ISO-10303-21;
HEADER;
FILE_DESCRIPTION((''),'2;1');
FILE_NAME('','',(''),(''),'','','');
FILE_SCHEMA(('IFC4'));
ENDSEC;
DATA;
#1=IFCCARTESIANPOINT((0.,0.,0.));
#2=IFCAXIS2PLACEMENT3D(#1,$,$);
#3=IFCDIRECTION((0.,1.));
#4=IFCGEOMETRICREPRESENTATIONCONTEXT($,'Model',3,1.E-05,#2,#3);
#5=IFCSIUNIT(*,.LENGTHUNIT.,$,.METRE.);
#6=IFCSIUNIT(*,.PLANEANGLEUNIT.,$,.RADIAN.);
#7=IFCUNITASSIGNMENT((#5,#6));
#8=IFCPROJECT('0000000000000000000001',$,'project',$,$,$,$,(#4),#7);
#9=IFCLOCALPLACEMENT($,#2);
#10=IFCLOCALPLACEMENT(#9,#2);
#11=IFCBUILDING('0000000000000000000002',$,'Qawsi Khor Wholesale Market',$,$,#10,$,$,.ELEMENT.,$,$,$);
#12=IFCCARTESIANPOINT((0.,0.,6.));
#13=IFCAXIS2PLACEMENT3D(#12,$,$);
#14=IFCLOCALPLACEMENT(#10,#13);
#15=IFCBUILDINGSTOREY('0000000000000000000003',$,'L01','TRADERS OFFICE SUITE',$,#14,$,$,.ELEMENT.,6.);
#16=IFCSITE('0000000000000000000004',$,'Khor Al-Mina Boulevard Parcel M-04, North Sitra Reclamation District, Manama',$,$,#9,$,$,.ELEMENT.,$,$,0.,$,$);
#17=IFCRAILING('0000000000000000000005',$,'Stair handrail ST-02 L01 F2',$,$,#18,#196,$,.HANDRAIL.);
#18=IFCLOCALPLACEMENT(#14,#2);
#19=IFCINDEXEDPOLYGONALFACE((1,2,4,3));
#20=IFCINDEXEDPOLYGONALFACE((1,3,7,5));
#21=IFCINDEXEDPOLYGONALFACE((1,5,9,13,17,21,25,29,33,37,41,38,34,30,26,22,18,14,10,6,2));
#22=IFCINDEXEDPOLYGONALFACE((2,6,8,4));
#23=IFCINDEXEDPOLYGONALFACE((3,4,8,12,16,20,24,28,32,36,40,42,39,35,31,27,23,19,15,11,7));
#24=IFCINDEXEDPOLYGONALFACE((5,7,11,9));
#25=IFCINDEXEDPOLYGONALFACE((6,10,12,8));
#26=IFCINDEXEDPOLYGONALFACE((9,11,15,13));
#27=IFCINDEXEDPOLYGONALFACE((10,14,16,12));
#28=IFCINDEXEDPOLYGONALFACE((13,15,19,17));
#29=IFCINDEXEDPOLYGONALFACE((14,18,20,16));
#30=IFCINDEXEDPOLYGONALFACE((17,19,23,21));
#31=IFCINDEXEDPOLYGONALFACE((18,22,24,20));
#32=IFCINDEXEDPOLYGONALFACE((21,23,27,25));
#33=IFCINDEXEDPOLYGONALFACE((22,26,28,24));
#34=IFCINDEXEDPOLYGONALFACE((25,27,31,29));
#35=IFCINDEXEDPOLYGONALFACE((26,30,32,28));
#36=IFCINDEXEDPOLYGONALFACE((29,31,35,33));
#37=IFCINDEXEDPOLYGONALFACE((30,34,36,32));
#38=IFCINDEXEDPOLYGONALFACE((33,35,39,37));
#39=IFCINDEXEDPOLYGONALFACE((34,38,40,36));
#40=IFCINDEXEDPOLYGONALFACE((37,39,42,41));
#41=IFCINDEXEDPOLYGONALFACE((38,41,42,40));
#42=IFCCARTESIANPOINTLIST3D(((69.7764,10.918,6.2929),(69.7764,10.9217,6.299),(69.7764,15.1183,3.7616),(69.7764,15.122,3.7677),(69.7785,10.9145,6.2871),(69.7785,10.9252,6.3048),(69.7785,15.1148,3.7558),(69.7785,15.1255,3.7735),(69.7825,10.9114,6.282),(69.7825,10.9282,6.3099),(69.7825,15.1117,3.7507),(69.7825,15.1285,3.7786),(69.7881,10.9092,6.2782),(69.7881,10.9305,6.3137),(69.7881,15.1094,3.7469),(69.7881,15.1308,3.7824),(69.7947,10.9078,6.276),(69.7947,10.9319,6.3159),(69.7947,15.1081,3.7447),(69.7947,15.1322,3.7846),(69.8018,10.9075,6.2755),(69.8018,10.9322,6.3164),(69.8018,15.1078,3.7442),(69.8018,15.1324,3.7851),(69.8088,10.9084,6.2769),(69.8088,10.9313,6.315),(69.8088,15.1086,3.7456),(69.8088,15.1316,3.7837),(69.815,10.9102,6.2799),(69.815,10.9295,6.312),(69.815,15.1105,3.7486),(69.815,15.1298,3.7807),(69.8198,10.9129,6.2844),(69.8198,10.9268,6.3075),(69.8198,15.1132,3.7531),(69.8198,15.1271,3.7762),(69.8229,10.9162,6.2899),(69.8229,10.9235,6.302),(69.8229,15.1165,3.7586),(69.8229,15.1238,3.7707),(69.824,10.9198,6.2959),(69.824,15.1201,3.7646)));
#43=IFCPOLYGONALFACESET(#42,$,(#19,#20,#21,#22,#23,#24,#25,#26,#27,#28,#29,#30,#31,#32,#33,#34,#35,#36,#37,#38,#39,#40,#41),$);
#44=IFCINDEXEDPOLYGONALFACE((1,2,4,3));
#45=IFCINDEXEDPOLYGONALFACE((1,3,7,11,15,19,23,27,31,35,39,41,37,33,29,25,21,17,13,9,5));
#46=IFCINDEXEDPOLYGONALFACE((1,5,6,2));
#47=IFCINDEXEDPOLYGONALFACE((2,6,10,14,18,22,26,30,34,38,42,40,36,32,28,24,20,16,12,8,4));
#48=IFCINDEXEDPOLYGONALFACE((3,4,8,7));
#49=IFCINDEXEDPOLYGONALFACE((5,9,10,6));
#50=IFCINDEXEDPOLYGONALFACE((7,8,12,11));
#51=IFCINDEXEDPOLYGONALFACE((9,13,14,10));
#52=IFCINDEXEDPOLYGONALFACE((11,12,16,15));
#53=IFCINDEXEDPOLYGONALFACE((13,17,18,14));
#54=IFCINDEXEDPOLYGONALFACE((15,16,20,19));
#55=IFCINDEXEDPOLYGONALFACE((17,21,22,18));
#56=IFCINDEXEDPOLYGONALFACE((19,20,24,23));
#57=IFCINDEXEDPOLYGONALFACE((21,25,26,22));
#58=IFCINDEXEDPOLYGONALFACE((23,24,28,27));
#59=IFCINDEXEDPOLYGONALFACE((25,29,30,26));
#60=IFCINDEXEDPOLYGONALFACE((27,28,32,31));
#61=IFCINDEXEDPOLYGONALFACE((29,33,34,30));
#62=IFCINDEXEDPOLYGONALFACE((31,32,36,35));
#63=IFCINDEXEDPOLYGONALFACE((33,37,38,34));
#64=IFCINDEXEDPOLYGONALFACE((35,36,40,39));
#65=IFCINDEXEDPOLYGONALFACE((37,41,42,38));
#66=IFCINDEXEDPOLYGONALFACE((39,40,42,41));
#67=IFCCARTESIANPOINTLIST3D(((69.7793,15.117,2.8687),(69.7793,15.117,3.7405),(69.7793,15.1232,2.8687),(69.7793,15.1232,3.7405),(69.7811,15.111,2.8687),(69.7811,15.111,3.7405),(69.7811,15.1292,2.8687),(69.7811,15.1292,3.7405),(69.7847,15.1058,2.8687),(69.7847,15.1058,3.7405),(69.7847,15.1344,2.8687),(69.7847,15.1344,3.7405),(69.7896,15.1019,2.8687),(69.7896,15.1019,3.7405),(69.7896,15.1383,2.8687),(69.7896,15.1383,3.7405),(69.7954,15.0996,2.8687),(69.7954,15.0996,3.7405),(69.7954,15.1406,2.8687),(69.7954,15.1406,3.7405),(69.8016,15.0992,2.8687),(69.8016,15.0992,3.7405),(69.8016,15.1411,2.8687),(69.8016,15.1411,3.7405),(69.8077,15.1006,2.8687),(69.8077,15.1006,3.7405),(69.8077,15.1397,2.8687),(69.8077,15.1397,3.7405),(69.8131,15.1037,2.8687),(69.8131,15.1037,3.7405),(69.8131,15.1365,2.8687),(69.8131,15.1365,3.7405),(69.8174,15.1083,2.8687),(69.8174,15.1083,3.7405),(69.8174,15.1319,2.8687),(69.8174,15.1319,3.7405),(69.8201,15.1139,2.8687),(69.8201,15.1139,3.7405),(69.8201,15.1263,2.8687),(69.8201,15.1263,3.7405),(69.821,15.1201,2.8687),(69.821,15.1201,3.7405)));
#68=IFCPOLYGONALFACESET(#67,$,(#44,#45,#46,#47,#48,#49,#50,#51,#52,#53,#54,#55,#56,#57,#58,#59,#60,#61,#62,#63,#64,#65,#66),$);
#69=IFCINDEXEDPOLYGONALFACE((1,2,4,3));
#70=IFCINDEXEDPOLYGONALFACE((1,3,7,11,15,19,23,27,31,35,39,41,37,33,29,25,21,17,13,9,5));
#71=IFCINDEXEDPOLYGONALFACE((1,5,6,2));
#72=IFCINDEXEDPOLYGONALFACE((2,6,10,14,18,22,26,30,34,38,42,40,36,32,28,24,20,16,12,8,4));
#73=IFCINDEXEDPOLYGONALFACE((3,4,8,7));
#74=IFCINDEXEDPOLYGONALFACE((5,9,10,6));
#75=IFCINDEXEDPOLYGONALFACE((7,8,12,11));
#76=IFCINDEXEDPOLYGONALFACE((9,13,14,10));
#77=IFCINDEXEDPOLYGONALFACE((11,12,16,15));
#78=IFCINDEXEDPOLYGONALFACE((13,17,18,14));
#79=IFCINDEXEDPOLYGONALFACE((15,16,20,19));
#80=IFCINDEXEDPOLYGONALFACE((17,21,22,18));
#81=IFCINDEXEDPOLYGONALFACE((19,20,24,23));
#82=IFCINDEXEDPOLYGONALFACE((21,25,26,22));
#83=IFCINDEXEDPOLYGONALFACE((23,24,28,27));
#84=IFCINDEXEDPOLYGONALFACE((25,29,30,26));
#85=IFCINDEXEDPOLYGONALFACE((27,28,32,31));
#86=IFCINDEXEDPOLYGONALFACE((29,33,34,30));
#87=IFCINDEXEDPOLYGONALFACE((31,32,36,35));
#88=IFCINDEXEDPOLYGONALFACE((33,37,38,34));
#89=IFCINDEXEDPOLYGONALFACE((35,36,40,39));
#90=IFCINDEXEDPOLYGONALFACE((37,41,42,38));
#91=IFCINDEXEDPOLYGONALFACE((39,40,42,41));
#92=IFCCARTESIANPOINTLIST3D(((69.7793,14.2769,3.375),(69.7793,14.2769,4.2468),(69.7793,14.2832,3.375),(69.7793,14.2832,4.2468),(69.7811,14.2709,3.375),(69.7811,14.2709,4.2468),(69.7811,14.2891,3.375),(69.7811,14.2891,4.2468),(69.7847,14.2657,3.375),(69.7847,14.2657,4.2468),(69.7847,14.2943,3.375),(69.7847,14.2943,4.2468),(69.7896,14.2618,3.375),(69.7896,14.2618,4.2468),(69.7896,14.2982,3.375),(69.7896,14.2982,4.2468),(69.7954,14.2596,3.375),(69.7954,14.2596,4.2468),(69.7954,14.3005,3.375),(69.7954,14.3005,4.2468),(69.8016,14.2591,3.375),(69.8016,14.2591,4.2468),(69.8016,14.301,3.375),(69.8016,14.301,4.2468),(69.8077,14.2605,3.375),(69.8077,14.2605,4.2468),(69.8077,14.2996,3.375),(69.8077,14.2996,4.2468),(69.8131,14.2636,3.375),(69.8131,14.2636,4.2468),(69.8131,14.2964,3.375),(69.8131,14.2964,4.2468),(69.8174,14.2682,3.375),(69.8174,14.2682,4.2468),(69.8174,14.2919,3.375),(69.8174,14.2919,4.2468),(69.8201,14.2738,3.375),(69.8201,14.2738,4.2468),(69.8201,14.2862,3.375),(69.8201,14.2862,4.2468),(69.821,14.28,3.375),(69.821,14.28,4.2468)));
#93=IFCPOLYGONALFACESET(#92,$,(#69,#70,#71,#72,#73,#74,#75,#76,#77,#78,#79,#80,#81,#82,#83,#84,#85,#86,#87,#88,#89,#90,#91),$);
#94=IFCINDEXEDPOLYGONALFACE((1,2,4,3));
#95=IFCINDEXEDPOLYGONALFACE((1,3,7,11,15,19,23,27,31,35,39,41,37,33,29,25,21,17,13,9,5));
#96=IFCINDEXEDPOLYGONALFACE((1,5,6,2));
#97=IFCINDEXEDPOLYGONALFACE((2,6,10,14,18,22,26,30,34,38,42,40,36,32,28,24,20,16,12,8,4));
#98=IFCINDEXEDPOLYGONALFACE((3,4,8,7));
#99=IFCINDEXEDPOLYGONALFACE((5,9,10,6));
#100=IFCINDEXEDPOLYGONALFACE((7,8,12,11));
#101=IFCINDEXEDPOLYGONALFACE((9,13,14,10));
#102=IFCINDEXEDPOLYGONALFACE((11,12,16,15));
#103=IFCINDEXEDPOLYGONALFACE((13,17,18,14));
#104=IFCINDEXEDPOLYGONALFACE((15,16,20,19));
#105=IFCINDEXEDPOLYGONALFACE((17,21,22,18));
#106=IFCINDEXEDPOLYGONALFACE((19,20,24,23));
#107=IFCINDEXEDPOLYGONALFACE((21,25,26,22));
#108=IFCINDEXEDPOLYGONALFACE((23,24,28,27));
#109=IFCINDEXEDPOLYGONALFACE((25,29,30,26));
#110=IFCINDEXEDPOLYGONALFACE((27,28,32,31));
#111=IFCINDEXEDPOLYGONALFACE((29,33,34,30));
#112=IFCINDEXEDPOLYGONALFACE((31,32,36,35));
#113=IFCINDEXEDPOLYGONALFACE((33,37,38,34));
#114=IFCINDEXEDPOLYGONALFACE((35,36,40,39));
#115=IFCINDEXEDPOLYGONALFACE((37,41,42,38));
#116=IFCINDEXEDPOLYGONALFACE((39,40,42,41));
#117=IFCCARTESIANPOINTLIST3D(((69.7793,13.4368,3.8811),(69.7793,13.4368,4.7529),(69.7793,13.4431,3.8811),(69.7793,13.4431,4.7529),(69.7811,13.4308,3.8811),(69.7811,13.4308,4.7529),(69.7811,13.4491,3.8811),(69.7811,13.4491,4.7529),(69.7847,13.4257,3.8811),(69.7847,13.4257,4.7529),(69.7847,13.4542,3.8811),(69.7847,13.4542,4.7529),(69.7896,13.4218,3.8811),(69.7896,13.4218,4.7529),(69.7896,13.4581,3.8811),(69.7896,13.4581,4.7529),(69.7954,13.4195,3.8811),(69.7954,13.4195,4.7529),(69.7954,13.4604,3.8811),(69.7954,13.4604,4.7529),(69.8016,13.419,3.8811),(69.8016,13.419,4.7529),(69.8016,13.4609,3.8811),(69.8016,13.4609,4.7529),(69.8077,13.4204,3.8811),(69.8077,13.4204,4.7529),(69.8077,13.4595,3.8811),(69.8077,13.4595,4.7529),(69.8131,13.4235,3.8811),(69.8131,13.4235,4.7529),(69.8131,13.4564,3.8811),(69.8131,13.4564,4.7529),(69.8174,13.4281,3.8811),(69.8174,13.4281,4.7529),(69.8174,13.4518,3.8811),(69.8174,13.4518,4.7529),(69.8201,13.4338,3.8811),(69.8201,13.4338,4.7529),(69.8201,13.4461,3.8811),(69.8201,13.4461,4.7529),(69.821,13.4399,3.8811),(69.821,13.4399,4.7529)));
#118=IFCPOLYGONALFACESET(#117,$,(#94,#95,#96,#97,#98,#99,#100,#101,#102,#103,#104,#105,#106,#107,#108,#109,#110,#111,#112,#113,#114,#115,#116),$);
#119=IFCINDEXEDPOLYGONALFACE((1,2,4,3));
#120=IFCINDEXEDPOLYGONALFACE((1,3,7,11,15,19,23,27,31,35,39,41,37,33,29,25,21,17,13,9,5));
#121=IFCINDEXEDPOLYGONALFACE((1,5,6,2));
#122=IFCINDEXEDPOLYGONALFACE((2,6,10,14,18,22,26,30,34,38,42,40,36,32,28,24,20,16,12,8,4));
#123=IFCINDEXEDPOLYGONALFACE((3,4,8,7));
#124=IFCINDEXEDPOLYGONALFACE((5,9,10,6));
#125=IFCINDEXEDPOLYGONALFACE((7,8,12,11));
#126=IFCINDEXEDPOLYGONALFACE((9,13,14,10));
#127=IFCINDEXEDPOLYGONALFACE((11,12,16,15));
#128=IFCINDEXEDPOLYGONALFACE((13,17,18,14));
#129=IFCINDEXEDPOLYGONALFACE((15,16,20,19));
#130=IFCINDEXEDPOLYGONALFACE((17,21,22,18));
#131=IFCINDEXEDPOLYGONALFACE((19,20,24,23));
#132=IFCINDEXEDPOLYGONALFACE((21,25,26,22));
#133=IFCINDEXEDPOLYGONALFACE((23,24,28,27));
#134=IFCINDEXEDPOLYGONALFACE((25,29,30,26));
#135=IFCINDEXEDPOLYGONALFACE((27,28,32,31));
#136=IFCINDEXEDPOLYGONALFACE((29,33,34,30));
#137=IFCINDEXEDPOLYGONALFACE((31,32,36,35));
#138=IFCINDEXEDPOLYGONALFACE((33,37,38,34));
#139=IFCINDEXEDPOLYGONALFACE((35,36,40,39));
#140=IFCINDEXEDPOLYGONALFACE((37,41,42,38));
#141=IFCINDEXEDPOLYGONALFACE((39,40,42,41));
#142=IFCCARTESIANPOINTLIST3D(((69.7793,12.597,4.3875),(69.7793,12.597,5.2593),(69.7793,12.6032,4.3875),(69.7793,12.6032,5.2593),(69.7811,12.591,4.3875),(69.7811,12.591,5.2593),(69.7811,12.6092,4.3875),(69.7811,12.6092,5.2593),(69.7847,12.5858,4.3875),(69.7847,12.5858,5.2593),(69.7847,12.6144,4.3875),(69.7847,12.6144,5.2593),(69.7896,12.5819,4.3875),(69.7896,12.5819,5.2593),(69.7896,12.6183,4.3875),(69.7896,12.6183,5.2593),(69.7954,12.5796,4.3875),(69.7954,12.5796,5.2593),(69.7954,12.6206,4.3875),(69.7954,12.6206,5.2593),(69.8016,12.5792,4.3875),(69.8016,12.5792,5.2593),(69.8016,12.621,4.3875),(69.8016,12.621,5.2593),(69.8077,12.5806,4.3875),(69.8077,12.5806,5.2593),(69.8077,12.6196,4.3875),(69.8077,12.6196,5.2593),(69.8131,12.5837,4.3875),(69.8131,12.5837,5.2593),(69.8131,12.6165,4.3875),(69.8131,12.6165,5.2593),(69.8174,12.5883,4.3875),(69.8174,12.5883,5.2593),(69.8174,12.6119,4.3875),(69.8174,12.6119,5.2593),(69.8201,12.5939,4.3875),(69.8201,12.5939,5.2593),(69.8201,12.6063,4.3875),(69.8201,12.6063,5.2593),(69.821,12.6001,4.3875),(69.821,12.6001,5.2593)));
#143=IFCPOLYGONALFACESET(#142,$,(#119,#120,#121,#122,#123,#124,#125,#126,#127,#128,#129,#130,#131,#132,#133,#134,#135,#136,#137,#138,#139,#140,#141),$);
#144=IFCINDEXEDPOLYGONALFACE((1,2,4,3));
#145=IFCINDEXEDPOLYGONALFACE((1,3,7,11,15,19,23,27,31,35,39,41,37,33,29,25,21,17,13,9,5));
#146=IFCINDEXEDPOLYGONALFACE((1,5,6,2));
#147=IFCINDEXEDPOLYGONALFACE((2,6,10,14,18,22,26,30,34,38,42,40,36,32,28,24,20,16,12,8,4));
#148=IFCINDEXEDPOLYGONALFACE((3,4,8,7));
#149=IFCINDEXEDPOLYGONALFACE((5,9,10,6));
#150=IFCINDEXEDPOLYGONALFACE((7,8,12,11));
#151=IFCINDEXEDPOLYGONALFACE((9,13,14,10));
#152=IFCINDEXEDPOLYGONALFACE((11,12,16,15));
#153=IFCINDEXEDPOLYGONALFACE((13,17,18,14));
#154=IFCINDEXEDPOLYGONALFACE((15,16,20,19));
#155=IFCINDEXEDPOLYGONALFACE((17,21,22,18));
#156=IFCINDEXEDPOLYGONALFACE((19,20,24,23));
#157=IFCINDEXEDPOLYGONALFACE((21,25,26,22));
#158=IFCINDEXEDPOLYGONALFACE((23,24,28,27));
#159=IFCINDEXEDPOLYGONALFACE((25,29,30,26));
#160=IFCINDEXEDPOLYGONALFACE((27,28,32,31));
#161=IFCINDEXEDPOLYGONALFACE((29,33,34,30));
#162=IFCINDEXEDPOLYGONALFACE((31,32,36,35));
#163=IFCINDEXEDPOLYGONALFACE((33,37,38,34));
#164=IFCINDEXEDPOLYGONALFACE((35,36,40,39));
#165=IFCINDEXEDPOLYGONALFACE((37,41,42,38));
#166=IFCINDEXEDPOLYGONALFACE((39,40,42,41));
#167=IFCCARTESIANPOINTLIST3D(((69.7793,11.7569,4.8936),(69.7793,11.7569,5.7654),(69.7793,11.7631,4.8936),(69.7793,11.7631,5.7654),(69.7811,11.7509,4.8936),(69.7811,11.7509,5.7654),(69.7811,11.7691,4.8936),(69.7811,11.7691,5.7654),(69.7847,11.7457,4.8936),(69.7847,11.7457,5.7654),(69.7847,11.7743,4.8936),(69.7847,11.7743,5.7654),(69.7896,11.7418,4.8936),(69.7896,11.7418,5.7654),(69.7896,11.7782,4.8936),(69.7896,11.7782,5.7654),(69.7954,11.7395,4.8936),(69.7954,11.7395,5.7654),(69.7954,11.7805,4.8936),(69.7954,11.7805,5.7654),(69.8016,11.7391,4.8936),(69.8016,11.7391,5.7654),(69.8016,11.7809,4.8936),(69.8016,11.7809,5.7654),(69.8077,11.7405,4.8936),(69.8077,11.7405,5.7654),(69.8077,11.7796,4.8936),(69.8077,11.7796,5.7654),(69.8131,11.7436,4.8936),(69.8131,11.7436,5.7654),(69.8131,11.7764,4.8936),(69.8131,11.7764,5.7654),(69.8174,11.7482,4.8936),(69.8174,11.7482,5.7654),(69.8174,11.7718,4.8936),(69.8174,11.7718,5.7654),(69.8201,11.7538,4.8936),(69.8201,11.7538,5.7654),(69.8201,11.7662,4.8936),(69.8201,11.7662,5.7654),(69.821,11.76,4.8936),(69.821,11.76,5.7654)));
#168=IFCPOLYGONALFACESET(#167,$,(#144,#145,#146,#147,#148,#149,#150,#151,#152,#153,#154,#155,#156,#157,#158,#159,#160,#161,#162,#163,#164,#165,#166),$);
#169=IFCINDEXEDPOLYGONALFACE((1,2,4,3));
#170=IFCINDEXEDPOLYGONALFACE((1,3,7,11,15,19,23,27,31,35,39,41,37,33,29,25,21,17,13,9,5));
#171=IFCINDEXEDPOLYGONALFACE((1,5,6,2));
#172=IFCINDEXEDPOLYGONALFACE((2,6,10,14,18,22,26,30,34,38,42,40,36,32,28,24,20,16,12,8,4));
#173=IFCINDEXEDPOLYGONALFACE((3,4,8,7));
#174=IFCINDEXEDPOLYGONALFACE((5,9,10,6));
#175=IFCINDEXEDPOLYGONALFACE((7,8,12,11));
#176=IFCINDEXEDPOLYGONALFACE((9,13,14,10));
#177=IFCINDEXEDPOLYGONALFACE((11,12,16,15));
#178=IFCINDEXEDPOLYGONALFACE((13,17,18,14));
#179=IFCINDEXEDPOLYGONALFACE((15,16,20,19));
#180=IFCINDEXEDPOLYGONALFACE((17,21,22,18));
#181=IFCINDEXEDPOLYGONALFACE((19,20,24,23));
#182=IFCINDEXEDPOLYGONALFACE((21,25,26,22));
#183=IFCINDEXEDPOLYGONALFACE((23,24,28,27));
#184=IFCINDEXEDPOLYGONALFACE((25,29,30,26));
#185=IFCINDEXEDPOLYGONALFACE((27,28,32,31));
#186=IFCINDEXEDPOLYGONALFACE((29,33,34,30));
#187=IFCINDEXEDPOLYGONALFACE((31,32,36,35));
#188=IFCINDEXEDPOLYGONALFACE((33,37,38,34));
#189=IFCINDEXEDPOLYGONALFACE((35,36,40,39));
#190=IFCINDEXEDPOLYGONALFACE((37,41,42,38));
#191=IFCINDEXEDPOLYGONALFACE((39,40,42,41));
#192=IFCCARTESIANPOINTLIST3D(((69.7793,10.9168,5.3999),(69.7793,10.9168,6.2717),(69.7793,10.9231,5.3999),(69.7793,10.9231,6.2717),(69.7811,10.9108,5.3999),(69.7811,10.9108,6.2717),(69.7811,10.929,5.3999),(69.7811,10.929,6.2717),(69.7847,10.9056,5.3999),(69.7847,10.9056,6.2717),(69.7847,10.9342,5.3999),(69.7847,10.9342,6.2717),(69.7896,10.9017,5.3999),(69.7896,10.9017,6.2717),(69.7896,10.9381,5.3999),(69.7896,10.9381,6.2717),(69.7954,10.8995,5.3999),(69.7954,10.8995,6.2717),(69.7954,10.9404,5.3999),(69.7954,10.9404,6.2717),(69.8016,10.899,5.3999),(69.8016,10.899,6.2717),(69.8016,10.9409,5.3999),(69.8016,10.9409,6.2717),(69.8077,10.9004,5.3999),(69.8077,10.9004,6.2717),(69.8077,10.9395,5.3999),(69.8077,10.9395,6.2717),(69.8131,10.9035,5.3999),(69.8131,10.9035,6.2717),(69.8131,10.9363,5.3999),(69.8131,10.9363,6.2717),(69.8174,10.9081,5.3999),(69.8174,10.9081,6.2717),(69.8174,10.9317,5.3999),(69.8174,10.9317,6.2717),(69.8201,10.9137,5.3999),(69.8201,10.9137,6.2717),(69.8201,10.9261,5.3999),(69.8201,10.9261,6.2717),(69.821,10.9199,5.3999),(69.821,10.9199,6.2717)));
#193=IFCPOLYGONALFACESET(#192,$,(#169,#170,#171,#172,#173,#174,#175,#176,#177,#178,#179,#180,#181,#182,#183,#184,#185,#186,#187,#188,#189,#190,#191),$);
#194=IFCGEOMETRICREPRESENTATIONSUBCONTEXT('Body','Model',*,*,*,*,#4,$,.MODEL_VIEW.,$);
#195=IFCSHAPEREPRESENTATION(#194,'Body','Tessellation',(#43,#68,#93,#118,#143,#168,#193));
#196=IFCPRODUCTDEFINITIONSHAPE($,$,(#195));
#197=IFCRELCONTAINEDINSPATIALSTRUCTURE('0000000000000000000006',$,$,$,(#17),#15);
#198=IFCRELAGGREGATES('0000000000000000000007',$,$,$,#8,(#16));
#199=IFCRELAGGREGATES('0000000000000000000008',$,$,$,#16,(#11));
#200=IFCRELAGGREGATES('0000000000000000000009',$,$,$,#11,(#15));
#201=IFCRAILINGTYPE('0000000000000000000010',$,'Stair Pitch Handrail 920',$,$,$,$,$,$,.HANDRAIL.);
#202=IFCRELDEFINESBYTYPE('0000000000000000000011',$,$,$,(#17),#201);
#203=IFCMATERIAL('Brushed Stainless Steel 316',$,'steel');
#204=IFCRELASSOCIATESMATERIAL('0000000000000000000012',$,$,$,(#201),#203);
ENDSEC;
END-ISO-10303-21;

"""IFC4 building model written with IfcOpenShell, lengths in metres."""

from ifc_helpers import new_model, si_unit, direction, frame, origin, origin_2d, place, context, subcontext, project, spatial, circle, extrude, material, type_object, element, save


model = new_model("IFC4")

# Units and contexts
model_context = context("Model", 3, precision=1e-05, world=origin(), true_north=direction((0.0, 1.0)))
body_context = subcontext(model_context, "Body", "Model", "MODEL_VIEW")
ifc_project = project(units=[si_unit("LENGTHUNIT", "METRE"), si_unit("PLANEANGLEUNIT", "RADIAN")], contexts=[model_context])

# Site, building, storey
site_placement = place(None, origin())
site = spatial("IfcSite", under=ifc_project, at=site_placement, Name="Khor Al-Mina Boulevard Parcel M-04, North Sitra Reclamation District, Manama", CompositionType="ELEMENT", RefElevation=0.0)
building_placement = place(site_placement, origin())
building = spatial("IfcBuilding", under=site, at=building_placement, Name="Qawsi Khor Wholesale Market", CompositionType="ELEMENT")
storey_placement = place(building_placement, frame((0.0, 0.0, 6.0)))
storey = spatial("IfcBuildingStorey", under=building, at=storey_placement, Name="L01", Description="TRADERS OFFICE SUITE", CompositionType="ELEMENT", Elevation=6.0)

# Railing
ifc_material_1 = material(Name="Brushed Stainless Steel 316", Category="steel")
railing_type_1 = type_object("IfcRailingType", Name="Stair Pitch Handrail 920", PredefinedType="HANDRAIL", material=ifc_material_1)
railing_1_placement = place(storey_placement, frame((69.8, 15.1201, 2.8687)))
element("IfcRailing", 1, at=railing_1_placement, inside=storey, type_object=railing_type_1, Name="Stair handrail ST-02 L01 F2", PredefinedType="HANDRAIL", context=body_context, shape_type="SweptSolid", body=[
    extrude(circle(Radius=0.0239, at=origin_2d()), frame((0.0, 0.0, 0.896), z_axis=(0.0, -0.85649, 0.516164), x_axis=(1.0, 0.0, 0.0)), (0.0, 0.0, 1.0), 4.9041),
    extrude(circle(Radius=0.021, at=origin_2d()), origin(), (0.0, 0.0, 1.0), 0.8718),
    extrude(circle(Radius=0.021, at=origin_2d()), frame((0.0, -0.8401, 0.5063)), (0.0, 0.0, 1.0), 0.8718),
    extrude(circle(Radius=0.021, at=origin_2d()), frame((0.0, -1.6802, 1.0125)), (0.0, 0.0, 1.0), 0.8718),
    extrude(circle(Radius=0.021, at=origin_2d()), frame((0.0, -2.52, 1.5188)), (0.0, 0.0, 1.0), 0.8718),
    extrude(circle(Radius=0.021, at=origin_2d()), frame((0.0, -3.3601, 2.0249)), (0.0, 0.0, 1.0), 0.8718),
    extrude(circle(Radius=0.021, at=origin_2d()), frame((0.0, -4.2002, 2.5312)), (0.0, 0.0, 1.0), 0.8718),
])

save(model, "model.ifc")
